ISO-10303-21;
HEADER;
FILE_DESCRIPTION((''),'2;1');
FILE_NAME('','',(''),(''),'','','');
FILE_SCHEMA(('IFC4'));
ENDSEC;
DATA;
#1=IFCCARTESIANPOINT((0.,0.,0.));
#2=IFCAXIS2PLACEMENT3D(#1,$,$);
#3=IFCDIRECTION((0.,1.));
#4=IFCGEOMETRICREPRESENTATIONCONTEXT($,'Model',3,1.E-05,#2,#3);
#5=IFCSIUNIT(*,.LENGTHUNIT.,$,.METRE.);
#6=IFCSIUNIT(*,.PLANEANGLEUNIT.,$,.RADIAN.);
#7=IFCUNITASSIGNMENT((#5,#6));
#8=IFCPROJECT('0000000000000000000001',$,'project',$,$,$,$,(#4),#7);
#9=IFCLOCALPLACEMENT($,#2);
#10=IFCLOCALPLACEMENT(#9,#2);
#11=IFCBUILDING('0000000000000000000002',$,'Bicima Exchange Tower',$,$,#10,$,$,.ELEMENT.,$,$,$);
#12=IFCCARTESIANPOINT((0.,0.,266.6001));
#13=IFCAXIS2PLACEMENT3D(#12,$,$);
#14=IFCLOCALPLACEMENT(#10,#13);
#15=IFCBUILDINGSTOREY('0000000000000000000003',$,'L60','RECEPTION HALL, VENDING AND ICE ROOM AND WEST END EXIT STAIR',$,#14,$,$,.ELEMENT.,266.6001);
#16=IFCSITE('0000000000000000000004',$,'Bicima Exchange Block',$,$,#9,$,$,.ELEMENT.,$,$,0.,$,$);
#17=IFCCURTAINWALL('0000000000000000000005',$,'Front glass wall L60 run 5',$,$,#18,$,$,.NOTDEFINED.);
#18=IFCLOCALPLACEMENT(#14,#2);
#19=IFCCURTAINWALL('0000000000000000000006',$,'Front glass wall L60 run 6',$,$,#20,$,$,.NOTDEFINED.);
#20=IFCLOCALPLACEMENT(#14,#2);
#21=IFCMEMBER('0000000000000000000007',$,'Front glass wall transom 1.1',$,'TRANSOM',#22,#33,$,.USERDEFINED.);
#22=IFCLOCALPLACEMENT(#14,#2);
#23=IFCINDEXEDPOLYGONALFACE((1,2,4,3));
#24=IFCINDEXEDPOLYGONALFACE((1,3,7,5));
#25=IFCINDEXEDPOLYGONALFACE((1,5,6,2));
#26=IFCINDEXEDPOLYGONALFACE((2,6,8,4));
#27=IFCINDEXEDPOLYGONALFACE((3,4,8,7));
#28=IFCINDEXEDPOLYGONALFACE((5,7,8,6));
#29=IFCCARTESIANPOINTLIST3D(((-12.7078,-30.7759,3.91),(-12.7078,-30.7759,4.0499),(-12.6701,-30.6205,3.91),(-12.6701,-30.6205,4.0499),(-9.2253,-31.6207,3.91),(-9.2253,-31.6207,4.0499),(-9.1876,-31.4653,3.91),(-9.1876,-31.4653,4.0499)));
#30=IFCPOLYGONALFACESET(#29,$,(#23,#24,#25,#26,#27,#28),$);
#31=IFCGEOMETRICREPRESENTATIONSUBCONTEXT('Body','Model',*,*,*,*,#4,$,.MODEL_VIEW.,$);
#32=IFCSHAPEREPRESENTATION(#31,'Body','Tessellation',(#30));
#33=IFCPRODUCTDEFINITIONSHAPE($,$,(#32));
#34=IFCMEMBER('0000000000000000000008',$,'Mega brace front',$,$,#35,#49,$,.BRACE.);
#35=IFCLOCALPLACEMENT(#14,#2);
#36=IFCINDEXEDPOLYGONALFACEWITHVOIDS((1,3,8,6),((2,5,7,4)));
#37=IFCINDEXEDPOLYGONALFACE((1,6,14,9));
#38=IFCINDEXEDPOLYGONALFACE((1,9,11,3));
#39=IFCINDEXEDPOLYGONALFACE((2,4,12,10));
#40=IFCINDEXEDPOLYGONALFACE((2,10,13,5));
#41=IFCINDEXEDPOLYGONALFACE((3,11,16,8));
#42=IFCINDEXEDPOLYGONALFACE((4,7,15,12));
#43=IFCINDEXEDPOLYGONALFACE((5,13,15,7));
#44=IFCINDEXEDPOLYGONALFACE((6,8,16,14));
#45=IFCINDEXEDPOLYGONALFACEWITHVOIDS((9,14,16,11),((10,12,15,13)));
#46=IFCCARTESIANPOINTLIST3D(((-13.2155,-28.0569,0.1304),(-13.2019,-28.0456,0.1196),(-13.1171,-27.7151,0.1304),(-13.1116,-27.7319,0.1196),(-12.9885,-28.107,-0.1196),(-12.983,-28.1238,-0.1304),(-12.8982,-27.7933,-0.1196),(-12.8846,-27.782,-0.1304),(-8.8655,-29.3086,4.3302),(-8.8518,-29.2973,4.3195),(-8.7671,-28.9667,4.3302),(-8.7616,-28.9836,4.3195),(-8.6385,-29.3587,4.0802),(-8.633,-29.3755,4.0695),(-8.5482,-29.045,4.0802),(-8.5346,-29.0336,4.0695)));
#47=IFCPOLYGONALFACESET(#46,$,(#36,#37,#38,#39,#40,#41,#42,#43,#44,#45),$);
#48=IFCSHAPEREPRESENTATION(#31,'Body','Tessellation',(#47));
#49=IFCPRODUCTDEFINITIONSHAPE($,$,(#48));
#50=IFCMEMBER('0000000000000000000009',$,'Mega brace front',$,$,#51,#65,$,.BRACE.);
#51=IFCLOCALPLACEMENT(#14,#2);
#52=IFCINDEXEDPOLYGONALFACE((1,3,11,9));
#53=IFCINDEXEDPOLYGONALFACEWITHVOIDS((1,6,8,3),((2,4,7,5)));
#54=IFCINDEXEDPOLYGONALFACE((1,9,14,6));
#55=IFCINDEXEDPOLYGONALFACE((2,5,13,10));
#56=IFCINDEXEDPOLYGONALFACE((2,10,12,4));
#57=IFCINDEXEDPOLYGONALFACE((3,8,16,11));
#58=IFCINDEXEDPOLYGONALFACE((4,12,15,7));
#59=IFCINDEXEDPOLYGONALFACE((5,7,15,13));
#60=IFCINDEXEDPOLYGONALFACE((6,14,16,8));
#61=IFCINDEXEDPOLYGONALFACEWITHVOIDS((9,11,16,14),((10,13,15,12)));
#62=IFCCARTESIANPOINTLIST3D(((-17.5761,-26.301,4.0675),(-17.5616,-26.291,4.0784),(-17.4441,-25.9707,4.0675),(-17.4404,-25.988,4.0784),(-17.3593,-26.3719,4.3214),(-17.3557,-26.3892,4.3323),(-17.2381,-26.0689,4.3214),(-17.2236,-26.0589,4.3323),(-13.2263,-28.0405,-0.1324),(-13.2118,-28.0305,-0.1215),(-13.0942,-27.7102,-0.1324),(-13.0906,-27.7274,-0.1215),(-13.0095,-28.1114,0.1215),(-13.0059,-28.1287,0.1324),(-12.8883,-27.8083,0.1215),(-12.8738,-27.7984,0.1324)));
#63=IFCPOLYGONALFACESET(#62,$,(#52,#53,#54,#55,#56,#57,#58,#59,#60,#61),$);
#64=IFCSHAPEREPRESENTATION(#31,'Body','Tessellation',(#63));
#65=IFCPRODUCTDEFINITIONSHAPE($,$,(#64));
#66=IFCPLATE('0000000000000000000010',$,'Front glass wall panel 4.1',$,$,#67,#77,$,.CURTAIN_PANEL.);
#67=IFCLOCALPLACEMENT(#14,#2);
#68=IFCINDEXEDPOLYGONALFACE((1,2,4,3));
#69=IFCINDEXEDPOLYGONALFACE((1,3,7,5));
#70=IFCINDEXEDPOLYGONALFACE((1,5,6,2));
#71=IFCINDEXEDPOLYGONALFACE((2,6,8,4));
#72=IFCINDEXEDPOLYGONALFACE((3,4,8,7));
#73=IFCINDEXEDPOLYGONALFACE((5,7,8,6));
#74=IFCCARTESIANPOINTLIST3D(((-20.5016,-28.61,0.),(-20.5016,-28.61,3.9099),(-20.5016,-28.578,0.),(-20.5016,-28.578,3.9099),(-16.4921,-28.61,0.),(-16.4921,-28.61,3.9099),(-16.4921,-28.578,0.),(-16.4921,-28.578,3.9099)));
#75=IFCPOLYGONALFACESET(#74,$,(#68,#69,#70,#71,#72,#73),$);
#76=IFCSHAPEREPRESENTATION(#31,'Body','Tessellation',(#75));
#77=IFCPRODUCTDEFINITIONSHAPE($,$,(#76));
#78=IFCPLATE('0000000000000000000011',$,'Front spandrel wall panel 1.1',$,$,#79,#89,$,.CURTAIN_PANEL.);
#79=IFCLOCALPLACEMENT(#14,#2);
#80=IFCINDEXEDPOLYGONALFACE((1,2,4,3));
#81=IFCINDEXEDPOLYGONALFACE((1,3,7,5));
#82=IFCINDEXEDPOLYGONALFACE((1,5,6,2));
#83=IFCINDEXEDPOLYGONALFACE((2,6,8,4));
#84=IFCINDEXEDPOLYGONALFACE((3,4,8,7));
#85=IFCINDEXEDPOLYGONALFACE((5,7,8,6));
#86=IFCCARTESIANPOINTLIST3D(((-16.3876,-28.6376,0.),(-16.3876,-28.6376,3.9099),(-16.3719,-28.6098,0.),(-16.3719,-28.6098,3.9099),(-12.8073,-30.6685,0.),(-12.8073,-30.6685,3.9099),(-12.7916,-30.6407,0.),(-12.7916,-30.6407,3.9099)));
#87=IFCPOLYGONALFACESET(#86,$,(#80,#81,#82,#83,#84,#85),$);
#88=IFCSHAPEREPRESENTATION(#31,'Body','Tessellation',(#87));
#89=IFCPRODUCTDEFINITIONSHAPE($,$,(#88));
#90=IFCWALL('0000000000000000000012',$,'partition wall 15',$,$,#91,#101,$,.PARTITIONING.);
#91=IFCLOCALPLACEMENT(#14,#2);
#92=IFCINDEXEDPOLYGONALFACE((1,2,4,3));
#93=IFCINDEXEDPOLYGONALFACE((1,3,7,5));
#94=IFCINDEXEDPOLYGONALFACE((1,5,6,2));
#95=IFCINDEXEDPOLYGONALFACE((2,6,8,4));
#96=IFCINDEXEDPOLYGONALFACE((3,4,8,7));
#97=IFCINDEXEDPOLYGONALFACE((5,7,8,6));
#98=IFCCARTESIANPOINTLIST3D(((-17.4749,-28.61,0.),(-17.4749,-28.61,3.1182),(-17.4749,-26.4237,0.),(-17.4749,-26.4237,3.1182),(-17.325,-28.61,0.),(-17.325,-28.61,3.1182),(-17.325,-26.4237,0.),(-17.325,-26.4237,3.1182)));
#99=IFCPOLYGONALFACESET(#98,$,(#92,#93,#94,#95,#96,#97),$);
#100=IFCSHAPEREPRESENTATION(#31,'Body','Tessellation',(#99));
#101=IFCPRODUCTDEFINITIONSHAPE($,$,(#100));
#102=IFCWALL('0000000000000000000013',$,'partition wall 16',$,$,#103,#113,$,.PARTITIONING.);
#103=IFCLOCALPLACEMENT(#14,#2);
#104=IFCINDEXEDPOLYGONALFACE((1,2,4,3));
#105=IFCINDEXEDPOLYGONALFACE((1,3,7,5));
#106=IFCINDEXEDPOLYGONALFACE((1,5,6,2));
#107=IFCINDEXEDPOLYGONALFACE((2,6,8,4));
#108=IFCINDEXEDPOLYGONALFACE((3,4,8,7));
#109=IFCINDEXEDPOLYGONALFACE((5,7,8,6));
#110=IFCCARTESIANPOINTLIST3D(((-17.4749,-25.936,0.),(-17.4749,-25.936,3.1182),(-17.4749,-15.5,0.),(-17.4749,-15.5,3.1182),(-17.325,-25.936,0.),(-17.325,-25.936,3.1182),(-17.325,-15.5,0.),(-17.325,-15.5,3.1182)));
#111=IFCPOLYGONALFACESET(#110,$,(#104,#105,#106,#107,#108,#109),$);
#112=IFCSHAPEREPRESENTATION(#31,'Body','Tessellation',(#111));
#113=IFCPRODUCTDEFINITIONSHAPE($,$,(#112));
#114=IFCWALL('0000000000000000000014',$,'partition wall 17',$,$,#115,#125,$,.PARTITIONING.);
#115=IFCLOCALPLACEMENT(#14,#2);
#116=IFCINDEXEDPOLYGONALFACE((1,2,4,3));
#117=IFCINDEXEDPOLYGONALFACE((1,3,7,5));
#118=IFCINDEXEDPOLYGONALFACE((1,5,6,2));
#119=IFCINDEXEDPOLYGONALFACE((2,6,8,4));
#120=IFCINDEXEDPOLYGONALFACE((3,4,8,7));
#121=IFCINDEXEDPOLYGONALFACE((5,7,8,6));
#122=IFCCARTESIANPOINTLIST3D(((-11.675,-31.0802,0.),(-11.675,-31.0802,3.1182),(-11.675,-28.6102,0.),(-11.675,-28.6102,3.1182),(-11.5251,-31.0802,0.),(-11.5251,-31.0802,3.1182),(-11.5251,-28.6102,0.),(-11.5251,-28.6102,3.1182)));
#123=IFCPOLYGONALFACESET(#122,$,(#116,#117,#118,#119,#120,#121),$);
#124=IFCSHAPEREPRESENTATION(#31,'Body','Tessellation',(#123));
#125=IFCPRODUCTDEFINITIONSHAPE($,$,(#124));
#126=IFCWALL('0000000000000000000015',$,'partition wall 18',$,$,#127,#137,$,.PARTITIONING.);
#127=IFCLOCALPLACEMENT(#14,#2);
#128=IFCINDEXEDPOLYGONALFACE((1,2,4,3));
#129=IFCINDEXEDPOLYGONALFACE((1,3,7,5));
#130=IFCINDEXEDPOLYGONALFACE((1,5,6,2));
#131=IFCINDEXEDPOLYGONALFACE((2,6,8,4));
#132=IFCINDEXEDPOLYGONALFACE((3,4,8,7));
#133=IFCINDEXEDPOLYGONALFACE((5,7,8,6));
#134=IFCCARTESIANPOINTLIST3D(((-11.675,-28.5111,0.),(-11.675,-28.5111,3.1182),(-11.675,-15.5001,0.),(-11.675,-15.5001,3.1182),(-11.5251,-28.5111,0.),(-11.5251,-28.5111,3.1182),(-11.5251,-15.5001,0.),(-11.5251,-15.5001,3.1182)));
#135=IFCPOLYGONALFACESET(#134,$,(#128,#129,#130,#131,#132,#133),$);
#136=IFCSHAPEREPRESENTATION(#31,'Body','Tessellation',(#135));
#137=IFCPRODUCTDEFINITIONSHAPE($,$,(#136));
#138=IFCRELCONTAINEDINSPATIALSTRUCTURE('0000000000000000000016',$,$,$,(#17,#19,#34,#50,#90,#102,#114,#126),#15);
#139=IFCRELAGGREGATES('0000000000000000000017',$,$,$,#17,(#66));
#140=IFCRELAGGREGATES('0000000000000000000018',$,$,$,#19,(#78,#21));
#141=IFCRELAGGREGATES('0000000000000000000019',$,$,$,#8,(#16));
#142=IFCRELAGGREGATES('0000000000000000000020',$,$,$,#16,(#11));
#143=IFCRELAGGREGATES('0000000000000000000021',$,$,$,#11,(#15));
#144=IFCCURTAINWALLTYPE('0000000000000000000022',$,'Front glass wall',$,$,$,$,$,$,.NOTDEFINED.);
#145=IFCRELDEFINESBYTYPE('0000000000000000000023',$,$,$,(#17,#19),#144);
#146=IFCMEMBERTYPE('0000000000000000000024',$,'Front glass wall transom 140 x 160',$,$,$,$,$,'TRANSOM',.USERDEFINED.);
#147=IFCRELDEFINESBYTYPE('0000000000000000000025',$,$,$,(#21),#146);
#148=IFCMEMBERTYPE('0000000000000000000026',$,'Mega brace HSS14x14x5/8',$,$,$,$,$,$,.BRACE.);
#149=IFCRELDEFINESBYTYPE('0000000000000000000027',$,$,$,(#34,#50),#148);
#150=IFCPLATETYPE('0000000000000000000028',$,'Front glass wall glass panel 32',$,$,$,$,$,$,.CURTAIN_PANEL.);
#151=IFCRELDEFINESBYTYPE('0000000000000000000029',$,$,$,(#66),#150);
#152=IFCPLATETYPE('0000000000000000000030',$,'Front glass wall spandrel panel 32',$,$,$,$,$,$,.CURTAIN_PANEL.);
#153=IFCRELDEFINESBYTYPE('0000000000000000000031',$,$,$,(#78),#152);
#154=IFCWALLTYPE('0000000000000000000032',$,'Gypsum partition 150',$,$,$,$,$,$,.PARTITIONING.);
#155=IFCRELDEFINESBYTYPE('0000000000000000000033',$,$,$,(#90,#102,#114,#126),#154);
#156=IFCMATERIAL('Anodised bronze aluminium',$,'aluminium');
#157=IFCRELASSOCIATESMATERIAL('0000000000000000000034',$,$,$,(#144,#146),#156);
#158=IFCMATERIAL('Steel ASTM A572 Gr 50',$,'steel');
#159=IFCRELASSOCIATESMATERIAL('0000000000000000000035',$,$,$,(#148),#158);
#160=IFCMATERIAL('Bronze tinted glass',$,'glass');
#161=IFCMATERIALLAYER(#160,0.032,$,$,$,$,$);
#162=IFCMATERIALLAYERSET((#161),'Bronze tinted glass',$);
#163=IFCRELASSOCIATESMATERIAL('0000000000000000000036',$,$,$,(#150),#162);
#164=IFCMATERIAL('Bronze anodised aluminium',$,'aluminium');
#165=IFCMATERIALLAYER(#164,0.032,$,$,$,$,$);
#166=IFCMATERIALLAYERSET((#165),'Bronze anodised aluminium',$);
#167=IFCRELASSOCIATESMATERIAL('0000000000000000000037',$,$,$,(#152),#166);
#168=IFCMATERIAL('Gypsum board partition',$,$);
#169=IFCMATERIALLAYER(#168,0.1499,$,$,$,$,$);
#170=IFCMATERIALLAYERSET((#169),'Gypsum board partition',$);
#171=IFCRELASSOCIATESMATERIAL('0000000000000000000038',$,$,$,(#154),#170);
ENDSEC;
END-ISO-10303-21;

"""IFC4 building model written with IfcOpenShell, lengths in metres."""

from ifc_helpers import new_model, si_unit, direction, frame, frame_2d, origin, origin_2d, place, context, subcontext, project, spatial, rectangle, hollow_rectangle, extrude, material, layer, layer_set, material_profile, profile_set, type_object, element, aggregate, save


model = new_model("IFC4")

# Units and contexts
model_context = context("Model", 3, precision=1e-05, world=origin(), true_north=direction((0.0, 1.0)))
body_context = subcontext(model_context, "Body", "Model", "MODEL_VIEW")
ifc_project = project(units=[si_unit("LENGTHUNIT", "METRE"), si_unit("PLANEANGLEUNIT", "RADIAN")], contexts=[model_context])

# Site, building, storey
site_placement = place(None, origin())
site = spatial("IfcSite", under=ifc_project, at=site_placement, Name="Bicima Exchange Block", CompositionType="ELEMENT", RefElevation=0.0)
building_placement = place(site_placement, origin())
building = spatial("IfcBuilding", under=site, at=building_placement, Name="Bicima Exchange Tower", CompositionType="ELEMENT")
storey_placement = place(building_placement, frame((0.0, 0.0, 266.6001)))
storey = spatial("IfcBuildingStorey", under=building, at=storey_placement, Name="L60", Description="RECEPTION HALL, VENDING AND ICE ROOM AND WEST END EXIT STAIR", CompositionType="ELEMENT", Elevation=266.6001)

# Curtain walls
ifc_material_1 = material(Name="Anodised bronze aluminium", Category="aluminium")
curtain_wall_type = type_object("IfcCurtainWallType", Name="Front glass wall", PredefinedType="NOTDEFINED", material=ifc_material_1)
curtain_wall_1_placement = place(storey_placement, origin())
curtain_wall_1 = element("IfcCurtainWall", 1, at=curtain_wall_1_placement, inside=storey, type_object=curtain_wall_type, Name="Front glass wall L60 run 5", PredefinedType="NOTDEFINED")
curtain_wall_2_placement = place(storey_placement, origin())
curtain_wall_2 = element("IfcCurtainWall", 2, at=curtain_wall_2_placement, inside=storey, type_object=curtain_wall_type, Name="Front glass wall L60 run 6", PredefinedType="NOTDEFINED")

# Member
ifc_material_profile_1 = material_profile(ifc_material_1, rectangle(XDim=0.1599, YDim=0.1399, at=origin_2d()))
ifc_profile_set_1 = profile_set([ifc_material_profile_1], Name="Anodised bronze aluminium")
member_type_1 = type_object("IfcMemberType", Name="Front glass wall transom 140 x 160", ElementType="TRANSOM", PredefinedType="USERDEFINED", material=ifc_profile_set_1)
member_1_placement = place(storey_placement, frame((-12.689, -30.6982, 3.98), z_axis=(0.971818, -0.235733, 0.0), x_axis=(0.235733, 0.971818, 0.0)))
member_1 = element("IfcMember", 3, at=member_1_placement, type_object=member_type_1, Name="Front glass wall transom 1.1", ObjectType="TRANSOM", PredefinedType="USERDEFINED", context=body_context, shape_type="SweptSolid", body=[
    extrude(rectangle(XDim=0.1599, YDim=0.1399, at=origin_2d()), origin(), (0.0, 0.0, 1.0), 3.5835),
])

# Members
ifc_material_2 = material(Name="Steel ASTM A572 Gr 50", Category="steel")
ifc_material_profile_2 = material_profile(ifc_material_2, hollow_rectangle(XDim=0.3557, YDim=0.3557, WallThickness=0.0146, at=origin_2d()))
ifc_profile_set_2 = profile_set([ifc_material_profile_2], Name="Steel ASTM A572 Gr 50")
member_type_2 = type_object("IfcMemberType", Name="Mega brace HSS14x14x5/8", PredefinedType="BRACE", material=ifc_profile_set_2)
member_2_placement = place(storey_placement, frame((-13.05, -27.9194, 0.0), z_axis=(0.704478, -0.202708, 0.680162), x_axis=(0.276523, 0.961007, 0.0)))
element("IfcMember", 4, at=member_2_placement, inside=storey, type_object=member_type_2, Name="Mega brace front", PredefinedType="BRACE", context=body_context, shape_type="SweptSolid", body=[
    extrude(hollow_rectangle(XDim=0.3557, YDim=0.3557, WallThickness=0.0146, at=origin_2d()), origin(), (0.0, 0.0, 1.0), 6.1748),
])
member_3_placement = place(storey_placement, frame((-13.05, -27.9194, 0.0), z_axis=(-0.691353, 0.276471, 0.667528), x_axis=(-0.37131, -0.928509, 0.0)))
element("IfcMember", 5, at=member_3_placement, inside=storey, type_object=member_type_2, Name="Mega brace front", PredefinedType="BRACE", context=body_context, shape_type="SweptSolid", body=[
    extrude(hollow_rectangle(XDim=0.3557, YDim=0.3557, WallThickness=0.0146, at=origin_2d()), origin(), (0.0, 0.0, 1.0), 6.2917),
])

# Plates
ifc_material_3 = material(Name="Bronze tinted glass", Category="glass")
ifc_layer_1 = layer(ifc_material_3, 0.032)
ifc_layer_set_1 = layer_set([ifc_layer_1], Name="Bronze tinted glass")
plate_type_1 = type_object("IfcPlateType", Name="Front glass wall glass panel 32", PredefinedType="CURTAIN_PANEL", material=ifc_layer_set_1)
plate_1_placement = place(storey_placement, frame((-18.4968, -28.594, 0.0), z_axis=(0.0, 0.0, 1.0), x_axis=(1.0, 0.0, 0.0)))
plate_1 = element("IfcPlate", 6, at=plate_1_placement, type_object=plate_type_1, Name="Front glass wall panel 4.1", PredefinedType="CURTAIN_PANEL", context=body_context, shape_type="SweptSolid", body=[
    extrude(rectangle(XDim=4.0095, YDim=0.032, at=origin_2d()), origin(), (0.0, 0.0, 1.0), 3.9099),
])
aggregate(curtain_wall_1, [plate_1])
ifc_material_4 = material(Name="Bronze anodised aluminium", Category="aluminium")
ifc_layer_2 = layer(ifc_material_4, 0.032)
ifc_layer_set_2 = layer_set([ifc_layer_2], Name="Bronze anodised aluminium")
plate_type_2 = type_object("IfcPlateType", Name="Front glass wall spandrel panel 32", PredefinedType="CURTAIN_PANEL", material=ifc_layer_set_2)
plate_2_placement = place(storey_placement, frame((-14.5896, -29.6392, 0.0), z_axis=(0.0, 0.0, 1.0), x_axis=(0.869805, -0.493395, 0.0)))
plate_2 = element("IfcPlate", 7, at=plate_2_placement, type_object=plate_type_2, Name="Front spandrel wall panel 1.1", PredefinedType="CURTAIN_PANEL", context=body_context, shape_type="SweptSolid", body=[
    extrude(rectangle(XDim=4.1162, YDim=0.032, at=origin_2d()), origin(), (0.0, 0.0, 1.0), 3.9099),
])
aggregate(curtain_wall_2, [plate_2, member_1])

# Walls
ifc_material_5 = material(Name="Gypsum board partition")
ifc_layer_3 = layer(ifc_material_5, 0.1499)
ifc_layer_set_3 = layer_set([ifc_layer_3], Name="Gypsum board partition")
wall_type = type_object("IfcWallType", Name="Gypsum partition 150", PredefinedType="PARTITIONING", material=ifc_layer_set_3)
wall_1_placement = place(storey_placement, frame((-17.3999, -28.6101, 0.0), z_axis=(0.0, 0.0, 1.0), x_axis=(0.0, 1.0, 0.0)))
element("IfcWall", 8, at=wall_1_placement, inside=storey, type_object=wall_type, Name="partition wall 15", PredefinedType="PARTITIONING", context=body_context, shape_type="SweptSolid", body=[
    extrude(rectangle(XDim=2.1863, YDim=0.1499, at=frame_2d((1.0933, 0.0))), origin(), (0.0, 0.0, 1.0), 3.1182),
])
wall_2_placement = place(storey_placement, frame((-17.3999, -25.936, 0.0), z_axis=(0.0, 0.0, 1.0), x_axis=(0.0, 1.0, 0.0)))
element("IfcWall", 9, at=wall_2_placement, inside=storey, type_object=wall_type, Name="partition wall 16", PredefinedType="PARTITIONING", context=body_context, shape_type="SweptSolid", body=[
    extrude(rectangle(XDim=10.436, YDim=0.1499, at=frame_2d((5.218, 0.0))), origin(), (0.0, 0.0, 1.0), 3.1182),
])
wall_3_placement = place(storey_placement, frame((-11.6001, -31.0801, 0.0), z_axis=(0.0, 0.0, 1.0), x_axis=(0.0, 1.0, 0.0)))
element("IfcWall", 10, at=wall_3_placement, inside=storey, type_object=wall_type, Name="partition wall 17", PredefinedType="PARTITIONING", context=body_context, shape_type="SweptSolid", body=[
    extrude(rectangle(XDim=2.47, YDim=0.1499, at=frame_2d((1.2349, 0.0))), origin(), (0.0, 0.0, 1.0), 3.1182),
])
wall_4_placement = place(storey_placement, frame((-11.6001, -28.511, 0.0), z_axis=(0.0, 0.0, 1.0), x_axis=(0.0, 1.0, 0.0)))
element("IfcWall", 11, at=wall_4_placement, inside=storey, type_object=wall_type, Name="partition wall 18", PredefinedType="PARTITIONING", context=body_context, shape_type="SweptSolid", body=[
    extrude(rectangle(XDim=13.011, YDim=0.1499, at=frame_2d((6.5054, 0.0))), origin(), (0.0, 0.0, 1.0), 3.1182),
])

save(model, "model.ifc")
